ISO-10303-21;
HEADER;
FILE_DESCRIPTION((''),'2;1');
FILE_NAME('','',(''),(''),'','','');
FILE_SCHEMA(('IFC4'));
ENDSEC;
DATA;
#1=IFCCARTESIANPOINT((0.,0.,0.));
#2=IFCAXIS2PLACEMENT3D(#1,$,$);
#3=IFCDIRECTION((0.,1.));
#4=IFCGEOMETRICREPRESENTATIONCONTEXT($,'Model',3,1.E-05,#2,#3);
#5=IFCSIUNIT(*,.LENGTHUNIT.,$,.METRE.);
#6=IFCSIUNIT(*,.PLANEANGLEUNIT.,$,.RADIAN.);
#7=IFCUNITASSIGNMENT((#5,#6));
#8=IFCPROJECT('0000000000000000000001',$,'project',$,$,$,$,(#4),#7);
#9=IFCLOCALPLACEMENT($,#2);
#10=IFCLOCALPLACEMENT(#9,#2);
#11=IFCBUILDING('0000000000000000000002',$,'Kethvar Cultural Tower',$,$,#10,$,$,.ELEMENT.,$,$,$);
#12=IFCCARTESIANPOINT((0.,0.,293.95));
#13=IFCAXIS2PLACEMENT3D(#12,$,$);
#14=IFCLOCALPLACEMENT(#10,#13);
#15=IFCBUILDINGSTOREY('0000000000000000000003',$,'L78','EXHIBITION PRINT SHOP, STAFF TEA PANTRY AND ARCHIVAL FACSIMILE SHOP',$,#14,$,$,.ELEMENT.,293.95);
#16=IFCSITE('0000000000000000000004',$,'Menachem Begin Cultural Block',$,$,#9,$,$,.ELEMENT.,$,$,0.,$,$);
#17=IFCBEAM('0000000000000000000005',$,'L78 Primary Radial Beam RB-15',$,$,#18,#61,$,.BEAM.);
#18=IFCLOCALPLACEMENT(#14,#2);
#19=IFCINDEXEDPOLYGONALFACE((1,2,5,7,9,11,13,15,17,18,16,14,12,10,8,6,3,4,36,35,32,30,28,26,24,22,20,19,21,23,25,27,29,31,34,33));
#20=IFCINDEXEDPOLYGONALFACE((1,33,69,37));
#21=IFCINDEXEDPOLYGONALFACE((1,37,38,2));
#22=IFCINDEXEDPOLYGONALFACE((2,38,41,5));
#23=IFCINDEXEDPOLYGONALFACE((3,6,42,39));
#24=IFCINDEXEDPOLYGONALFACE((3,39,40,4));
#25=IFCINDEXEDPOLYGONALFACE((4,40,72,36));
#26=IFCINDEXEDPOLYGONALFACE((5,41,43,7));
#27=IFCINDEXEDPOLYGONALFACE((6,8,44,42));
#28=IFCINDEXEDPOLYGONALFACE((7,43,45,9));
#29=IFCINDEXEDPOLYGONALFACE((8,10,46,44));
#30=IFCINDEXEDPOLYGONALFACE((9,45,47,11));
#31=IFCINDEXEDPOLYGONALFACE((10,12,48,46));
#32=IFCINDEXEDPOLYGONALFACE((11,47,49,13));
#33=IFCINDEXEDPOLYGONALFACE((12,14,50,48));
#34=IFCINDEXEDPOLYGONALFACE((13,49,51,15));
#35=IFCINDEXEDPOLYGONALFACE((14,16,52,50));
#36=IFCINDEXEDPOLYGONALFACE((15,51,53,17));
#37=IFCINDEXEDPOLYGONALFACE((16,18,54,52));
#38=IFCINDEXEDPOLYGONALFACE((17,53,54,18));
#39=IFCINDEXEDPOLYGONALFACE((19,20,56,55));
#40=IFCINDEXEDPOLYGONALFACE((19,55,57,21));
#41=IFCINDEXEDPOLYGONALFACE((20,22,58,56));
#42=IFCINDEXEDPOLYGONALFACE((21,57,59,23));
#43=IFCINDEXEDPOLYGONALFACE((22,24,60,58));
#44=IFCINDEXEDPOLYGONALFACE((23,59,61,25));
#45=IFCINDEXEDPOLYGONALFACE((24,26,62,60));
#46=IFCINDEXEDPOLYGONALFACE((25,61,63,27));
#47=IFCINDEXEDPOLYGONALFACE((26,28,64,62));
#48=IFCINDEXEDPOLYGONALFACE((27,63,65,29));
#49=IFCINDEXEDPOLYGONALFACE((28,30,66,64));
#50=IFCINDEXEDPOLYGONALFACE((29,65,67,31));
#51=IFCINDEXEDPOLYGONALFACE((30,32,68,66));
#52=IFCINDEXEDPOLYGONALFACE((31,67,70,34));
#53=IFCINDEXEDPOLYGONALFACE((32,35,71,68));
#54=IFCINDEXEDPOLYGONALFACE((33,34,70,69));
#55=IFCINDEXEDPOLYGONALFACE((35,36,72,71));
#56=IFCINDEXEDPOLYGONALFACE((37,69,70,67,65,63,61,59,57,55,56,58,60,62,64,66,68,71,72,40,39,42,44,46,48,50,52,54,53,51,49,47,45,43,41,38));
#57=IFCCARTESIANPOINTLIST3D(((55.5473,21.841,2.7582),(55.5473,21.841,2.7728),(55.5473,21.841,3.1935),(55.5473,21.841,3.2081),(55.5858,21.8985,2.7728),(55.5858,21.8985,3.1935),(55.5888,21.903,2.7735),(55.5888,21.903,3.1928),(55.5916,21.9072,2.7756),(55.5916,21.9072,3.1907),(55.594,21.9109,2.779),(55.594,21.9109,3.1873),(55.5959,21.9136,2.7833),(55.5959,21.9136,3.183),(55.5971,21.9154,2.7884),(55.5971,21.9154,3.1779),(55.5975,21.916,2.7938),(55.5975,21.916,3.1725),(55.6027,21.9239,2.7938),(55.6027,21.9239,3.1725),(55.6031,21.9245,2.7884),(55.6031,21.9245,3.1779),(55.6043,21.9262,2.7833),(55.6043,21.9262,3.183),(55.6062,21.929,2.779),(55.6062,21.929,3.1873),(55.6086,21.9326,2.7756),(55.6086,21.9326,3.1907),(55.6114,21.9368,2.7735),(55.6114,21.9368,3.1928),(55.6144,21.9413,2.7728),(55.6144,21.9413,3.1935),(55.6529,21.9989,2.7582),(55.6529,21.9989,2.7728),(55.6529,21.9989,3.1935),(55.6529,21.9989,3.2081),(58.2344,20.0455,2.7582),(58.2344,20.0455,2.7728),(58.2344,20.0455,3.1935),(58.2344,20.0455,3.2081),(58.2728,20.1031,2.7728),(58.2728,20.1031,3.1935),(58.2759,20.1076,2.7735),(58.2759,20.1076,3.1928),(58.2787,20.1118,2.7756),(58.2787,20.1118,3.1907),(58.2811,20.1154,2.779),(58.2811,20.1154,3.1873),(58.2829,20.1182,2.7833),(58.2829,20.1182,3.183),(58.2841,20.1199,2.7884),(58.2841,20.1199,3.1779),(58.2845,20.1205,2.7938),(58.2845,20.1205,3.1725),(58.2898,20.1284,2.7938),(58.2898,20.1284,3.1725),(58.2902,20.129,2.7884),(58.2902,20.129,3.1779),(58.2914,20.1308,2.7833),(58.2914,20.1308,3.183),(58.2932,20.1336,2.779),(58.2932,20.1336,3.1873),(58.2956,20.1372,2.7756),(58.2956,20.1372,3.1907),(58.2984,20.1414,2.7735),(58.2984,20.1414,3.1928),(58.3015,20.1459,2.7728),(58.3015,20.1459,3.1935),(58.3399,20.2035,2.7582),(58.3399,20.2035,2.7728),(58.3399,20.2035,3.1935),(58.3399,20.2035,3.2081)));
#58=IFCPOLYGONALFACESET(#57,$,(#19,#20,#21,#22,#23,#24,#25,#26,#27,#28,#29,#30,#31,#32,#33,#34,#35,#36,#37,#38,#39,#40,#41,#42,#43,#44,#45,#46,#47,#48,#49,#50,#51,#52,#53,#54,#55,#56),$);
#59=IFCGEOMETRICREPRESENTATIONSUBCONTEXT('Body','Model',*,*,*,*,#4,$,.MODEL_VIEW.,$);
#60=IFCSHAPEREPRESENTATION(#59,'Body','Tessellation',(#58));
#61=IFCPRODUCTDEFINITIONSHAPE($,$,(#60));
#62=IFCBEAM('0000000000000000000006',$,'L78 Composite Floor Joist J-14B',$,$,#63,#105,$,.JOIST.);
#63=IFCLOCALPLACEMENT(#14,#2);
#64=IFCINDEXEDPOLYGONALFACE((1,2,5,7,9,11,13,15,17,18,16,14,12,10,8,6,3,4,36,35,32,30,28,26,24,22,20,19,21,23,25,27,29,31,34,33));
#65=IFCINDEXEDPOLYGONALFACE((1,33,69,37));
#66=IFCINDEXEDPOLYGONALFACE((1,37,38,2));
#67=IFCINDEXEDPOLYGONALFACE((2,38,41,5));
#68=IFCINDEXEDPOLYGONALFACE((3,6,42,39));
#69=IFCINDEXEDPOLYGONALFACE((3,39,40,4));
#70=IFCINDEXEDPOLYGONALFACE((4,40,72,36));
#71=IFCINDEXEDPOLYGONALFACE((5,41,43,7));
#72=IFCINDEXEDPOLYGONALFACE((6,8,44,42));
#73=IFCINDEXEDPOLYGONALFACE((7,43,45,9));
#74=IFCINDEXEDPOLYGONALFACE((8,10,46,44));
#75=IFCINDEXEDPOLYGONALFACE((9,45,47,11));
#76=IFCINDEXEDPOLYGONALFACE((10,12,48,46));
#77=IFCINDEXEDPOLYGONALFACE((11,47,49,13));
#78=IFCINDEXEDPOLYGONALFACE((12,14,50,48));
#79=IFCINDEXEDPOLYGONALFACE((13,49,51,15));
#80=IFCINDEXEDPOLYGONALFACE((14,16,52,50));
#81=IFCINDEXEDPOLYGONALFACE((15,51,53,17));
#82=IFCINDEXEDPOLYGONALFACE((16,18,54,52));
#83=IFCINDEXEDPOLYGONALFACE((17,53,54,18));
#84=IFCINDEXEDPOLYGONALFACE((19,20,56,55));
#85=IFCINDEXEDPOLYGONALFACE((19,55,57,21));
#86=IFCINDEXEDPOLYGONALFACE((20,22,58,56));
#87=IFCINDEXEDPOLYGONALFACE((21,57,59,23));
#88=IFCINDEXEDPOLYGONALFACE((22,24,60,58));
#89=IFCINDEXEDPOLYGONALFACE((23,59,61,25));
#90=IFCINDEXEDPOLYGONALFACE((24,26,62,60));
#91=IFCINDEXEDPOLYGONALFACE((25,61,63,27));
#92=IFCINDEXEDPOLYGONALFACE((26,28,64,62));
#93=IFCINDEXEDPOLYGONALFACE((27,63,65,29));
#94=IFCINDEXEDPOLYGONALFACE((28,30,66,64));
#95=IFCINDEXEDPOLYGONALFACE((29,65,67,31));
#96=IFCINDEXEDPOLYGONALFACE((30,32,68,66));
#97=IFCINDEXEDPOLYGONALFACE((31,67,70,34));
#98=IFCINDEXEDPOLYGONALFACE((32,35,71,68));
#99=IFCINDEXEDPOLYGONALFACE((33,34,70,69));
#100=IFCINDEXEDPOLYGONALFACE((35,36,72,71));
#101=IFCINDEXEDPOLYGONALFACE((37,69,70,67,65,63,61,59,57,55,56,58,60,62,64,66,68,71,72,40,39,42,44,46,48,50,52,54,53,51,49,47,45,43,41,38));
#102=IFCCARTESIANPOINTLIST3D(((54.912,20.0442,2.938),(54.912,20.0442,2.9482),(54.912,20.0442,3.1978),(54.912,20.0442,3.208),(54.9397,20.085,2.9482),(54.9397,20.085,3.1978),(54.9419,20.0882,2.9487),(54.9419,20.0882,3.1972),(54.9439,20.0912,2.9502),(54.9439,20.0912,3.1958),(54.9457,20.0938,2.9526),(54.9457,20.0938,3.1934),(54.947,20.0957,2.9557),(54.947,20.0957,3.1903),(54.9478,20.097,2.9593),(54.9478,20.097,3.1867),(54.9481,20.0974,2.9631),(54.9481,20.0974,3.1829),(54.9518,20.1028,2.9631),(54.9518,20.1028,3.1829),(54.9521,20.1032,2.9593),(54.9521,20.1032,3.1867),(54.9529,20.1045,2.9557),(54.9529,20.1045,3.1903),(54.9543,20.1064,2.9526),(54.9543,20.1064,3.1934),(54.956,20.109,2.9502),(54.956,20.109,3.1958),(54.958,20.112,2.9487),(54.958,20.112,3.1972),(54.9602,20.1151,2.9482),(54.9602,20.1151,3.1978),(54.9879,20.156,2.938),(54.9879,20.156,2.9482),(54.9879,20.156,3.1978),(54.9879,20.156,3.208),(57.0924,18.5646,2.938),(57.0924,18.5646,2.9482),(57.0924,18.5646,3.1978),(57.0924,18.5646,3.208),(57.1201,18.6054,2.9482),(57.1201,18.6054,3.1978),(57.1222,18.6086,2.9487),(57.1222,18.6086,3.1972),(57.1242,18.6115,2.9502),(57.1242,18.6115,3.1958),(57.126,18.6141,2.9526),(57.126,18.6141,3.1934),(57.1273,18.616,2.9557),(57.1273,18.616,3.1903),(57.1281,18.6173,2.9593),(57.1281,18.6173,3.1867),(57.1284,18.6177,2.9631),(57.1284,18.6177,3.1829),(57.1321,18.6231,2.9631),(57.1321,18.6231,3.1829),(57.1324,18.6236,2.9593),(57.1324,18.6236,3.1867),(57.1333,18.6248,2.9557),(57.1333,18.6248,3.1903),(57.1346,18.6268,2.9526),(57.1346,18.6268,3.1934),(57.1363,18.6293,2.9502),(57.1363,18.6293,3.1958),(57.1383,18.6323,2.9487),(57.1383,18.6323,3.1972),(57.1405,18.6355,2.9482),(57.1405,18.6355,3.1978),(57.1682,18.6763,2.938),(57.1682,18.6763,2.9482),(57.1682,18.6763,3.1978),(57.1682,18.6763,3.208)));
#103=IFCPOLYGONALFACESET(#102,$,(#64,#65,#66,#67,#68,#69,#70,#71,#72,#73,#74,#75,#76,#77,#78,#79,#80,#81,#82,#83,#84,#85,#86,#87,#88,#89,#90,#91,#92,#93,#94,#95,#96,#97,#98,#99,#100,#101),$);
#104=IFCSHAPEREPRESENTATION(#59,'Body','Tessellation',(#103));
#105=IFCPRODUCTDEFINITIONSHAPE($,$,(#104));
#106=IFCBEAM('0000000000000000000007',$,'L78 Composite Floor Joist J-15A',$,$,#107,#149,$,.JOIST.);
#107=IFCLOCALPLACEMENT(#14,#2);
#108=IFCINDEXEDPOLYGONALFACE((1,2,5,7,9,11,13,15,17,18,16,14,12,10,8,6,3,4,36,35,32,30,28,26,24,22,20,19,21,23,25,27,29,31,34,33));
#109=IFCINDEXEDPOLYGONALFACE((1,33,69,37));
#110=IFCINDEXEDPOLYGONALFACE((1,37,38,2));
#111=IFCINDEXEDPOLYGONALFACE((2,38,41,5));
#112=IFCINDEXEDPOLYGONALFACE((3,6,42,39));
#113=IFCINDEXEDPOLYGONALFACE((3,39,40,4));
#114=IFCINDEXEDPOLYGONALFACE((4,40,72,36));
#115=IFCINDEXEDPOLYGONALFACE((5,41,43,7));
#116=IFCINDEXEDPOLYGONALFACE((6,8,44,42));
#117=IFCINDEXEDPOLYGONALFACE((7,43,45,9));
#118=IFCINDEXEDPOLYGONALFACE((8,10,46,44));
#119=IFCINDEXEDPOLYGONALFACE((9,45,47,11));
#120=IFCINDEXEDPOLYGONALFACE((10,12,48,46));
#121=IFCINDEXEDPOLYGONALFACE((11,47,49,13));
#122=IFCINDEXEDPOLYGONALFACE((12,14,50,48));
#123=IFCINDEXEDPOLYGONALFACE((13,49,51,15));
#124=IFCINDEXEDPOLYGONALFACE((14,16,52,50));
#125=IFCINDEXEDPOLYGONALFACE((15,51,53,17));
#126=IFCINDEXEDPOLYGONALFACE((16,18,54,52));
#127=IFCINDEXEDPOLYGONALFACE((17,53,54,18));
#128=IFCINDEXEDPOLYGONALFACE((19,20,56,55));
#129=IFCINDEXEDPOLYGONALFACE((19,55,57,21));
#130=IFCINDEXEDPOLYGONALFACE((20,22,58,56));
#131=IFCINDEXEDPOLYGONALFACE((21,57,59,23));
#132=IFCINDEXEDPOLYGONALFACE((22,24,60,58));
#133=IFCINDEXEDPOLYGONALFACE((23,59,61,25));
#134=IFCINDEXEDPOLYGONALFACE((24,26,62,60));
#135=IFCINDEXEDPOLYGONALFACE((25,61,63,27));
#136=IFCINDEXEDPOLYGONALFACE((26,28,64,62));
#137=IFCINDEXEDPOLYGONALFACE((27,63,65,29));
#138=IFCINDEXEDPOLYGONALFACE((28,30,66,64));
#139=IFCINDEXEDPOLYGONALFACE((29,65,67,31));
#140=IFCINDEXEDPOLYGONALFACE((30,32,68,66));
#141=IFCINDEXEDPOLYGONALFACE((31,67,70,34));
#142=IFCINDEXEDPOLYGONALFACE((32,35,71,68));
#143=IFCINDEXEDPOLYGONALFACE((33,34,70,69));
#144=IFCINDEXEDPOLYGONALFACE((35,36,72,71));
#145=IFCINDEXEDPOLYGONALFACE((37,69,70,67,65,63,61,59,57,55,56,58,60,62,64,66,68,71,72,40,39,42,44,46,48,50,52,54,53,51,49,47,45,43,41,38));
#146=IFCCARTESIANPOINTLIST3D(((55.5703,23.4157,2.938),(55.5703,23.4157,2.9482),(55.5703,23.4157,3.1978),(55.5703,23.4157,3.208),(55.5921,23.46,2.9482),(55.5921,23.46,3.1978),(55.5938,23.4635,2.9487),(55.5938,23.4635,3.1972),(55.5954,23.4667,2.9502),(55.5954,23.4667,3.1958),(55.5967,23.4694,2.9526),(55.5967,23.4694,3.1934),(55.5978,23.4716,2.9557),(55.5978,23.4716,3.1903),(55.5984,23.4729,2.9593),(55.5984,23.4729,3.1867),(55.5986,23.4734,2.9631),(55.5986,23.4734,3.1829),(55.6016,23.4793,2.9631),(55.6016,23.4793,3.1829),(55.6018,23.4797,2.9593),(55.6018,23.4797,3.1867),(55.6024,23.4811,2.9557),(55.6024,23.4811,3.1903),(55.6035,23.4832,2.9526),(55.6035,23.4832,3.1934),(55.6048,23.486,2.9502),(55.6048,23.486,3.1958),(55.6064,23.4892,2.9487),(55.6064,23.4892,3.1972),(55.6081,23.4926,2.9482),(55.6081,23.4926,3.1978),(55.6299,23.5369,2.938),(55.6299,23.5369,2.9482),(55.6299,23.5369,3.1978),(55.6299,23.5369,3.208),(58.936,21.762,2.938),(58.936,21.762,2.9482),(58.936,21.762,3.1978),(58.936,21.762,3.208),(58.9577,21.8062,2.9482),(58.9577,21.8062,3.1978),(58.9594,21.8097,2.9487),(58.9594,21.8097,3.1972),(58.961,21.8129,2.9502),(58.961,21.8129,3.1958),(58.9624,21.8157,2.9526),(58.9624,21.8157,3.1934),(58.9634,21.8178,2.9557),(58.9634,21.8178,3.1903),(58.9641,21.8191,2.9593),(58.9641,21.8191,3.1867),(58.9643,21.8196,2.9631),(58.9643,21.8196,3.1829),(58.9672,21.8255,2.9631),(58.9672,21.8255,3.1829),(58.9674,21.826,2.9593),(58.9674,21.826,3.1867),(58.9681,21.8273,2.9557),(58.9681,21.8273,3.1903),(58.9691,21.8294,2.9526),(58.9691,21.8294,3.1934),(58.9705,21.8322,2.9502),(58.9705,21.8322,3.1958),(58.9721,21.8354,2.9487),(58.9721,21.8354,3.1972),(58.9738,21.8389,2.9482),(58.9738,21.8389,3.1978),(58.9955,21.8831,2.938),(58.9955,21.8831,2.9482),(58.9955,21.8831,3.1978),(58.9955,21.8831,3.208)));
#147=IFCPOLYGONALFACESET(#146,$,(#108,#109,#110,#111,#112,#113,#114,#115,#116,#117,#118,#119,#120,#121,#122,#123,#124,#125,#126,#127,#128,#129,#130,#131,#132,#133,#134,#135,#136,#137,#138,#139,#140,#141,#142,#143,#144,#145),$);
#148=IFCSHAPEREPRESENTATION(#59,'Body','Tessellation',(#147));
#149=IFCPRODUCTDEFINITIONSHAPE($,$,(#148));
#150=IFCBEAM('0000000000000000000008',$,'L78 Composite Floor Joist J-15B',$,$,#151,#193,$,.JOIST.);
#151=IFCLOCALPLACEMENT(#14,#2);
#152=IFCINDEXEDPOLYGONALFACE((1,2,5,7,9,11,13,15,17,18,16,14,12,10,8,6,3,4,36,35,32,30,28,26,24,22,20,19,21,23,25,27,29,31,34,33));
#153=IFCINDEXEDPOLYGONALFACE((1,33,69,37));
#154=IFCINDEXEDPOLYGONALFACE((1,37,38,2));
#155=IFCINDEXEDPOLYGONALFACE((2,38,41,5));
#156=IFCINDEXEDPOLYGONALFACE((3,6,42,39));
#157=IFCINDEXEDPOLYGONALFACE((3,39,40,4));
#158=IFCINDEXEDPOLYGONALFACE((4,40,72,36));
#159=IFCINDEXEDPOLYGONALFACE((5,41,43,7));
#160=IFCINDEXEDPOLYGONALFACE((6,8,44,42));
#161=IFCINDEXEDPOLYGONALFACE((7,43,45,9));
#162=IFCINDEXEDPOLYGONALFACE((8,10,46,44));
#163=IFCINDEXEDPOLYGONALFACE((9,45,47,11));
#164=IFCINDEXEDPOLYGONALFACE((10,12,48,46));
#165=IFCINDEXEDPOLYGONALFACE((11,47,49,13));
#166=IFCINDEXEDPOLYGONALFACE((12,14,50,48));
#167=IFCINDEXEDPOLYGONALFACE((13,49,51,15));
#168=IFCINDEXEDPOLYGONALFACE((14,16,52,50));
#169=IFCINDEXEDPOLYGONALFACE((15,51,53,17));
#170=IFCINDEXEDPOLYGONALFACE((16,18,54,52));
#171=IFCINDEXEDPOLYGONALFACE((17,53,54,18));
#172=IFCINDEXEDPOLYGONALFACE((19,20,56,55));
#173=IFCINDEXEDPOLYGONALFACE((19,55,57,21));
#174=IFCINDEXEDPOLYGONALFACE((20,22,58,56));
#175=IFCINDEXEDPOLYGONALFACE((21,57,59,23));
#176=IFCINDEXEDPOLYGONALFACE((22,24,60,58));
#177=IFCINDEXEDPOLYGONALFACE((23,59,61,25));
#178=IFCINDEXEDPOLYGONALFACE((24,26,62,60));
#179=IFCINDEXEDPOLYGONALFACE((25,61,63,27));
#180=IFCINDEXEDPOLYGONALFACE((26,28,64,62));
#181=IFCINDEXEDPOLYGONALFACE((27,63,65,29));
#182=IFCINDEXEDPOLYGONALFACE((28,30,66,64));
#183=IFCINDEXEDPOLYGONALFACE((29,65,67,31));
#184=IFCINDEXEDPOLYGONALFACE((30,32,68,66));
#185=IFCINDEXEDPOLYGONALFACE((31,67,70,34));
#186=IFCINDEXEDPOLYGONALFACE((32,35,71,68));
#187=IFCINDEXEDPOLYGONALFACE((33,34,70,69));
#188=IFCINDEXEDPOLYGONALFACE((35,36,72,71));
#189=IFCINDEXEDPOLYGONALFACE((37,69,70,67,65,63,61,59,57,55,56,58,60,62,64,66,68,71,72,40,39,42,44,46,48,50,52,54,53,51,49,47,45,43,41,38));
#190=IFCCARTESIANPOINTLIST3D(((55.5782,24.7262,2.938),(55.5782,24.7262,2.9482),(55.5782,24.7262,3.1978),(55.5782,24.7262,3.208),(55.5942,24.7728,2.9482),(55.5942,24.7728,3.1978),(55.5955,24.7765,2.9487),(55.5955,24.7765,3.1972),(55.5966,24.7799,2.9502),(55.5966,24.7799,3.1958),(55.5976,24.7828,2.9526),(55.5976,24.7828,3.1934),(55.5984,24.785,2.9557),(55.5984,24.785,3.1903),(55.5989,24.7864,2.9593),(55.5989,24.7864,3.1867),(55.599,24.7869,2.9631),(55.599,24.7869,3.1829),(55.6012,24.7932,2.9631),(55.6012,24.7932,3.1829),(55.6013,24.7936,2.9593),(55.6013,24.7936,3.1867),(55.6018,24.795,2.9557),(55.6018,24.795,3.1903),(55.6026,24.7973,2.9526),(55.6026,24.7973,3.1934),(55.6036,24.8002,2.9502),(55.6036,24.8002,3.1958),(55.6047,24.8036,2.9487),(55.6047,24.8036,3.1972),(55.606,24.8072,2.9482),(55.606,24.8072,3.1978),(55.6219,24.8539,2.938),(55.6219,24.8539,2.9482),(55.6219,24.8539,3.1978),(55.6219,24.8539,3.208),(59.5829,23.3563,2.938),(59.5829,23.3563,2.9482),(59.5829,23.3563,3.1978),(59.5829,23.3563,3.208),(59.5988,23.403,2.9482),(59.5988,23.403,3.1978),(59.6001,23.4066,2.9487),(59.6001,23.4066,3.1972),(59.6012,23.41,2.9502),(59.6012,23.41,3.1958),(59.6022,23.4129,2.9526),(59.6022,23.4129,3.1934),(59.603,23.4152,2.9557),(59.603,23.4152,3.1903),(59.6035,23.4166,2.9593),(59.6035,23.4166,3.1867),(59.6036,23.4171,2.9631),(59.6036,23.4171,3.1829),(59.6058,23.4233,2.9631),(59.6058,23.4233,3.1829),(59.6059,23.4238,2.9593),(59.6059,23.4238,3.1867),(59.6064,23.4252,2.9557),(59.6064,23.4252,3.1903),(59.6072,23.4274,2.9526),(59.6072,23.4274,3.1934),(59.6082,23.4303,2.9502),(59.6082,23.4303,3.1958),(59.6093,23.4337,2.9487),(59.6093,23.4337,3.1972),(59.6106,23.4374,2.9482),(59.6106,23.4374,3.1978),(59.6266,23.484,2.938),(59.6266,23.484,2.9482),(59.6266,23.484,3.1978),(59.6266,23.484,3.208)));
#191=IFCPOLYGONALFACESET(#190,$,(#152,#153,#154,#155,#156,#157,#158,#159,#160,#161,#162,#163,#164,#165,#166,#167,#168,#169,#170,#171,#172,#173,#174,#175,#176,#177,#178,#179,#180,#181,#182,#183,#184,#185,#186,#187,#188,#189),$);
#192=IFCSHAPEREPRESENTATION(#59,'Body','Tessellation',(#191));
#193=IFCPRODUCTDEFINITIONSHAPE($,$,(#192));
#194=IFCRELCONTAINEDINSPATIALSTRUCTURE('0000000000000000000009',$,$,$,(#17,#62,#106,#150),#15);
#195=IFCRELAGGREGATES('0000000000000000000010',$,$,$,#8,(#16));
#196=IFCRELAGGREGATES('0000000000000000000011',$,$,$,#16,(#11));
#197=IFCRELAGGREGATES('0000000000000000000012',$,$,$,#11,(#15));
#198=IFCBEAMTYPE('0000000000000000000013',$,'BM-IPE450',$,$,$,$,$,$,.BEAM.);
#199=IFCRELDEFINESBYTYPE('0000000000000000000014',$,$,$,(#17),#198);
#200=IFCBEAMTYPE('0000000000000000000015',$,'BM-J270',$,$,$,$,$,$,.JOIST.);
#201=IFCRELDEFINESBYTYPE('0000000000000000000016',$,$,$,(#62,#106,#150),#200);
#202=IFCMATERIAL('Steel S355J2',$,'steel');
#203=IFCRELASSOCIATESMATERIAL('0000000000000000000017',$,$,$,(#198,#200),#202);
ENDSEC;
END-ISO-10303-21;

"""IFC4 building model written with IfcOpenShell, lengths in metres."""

from ifc_helpers import new_model, si_unit, direction, frame, origin, origin_2d, place, context, subcontext, project, spatial, i_section, extrude, source, transform, mapped, material, material_profile, profile_set, type_object, element, save


model = new_model("IFC4")

# Units and contexts
model_context = context("Model", 3, precision=1e-05, world=origin(), true_north=direction((0.0, 1.0)))
body_context = subcontext(model_context, "Body", "Model", "MODEL_VIEW")
ifc_project = project(units=[si_unit("LENGTHUNIT", "METRE"), si_unit("PLANEANGLEUNIT", "RADIAN")], contexts=[model_context])

# Site, building, storey
site_placement = place(None, origin())
site = spatial("IfcSite", under=ifc_project, at=site_placement, Name="Menachem Begin Cultural Block", CompositionType="ELEMENT", RefElevation=0.0)
building_placement = place(site_placement, origin())
building = spatial("IfcBuilding", under=site, at=building_placement, Name="Kethvar Cultural Tower", CompositionType="ELEMENT")
storey_placement = place(building_placement, frame((0.0, 0.0, 293.95)))
storey = spatial("IfcBuildingStorey", under=building, at=storey_placement, Name="L78", Description="EXHIBITION PRINT SHOP, STAFF TEA PANTRY AND ARCHIVAL FACSIMILE SHOP", CompositionType="ELEMENT", Elevation=293.95)

# Beams
ifc_material_1 = material(Name="Steel S355J2", Category="steel")
ifc_material_profile_1 = material_profile(ifc_material_1, i_section(OverallWidth=0.1899, OverallDepth=0.45, WebThickness=0.0095, FlangeThickness=0.0146, FilletRadius=0.021, at=origin_2d()), Name="Steel S355J2 — IPE450")
ifc_profile_set_1 = profile_set([ifc_material_profile_1], Name="Steel S355J2 — IPE450")
beam_type_1 = type_object("IfcBeamType", Name="BM-IPE450", PredefinedType="BEAM", material=ifc_profile_set_1)
shared_shape_1 = source(origin(), body_context, "Body", "SweptSolid", [
    extrude(i_section(OverallWidth=0.1899, OverallDepth=0.45, WebThickness=0.0095, FlangeThickness=0.0146, FilletRadius=0.021, at=origin_2d()), origin(), (0.0, 0.0, 1.0), 3.2317),
])
beam_1_placement = place(storey_placement, frame((55.6001, 21.9199, 2.9832), z_axis=(0.831469, -0.555572, 0.0), x_axis=(0.555572, 0.831469, 0.0)))
element("IfcBeam", 1, at=beam_1_placement, inside=storey, type_object=beam_type_1, Name="L78 Primary Radial Beam RB-15", PredefinedType="BEAM", context=body_context, shape_type="MappedRepresentation", body=[
    mapped(shared_shape_1, transform((0.0, 0.0, 0.0), scale=1.0)),
])
ifc_material_profile_2 = material_profile(ifc_material_1, i_section(OverallWidth=0.135, OverallDepth=0.27, WebThickness=0.0066, FlangeThickness=0.0103, FilletRadius=0.0149, at=origin_2d()), Name="Steel S355J2 — IPE270")
ifc_profile_set_2 = profile_set([ifc_material_profile_2], Name="Steel S355J2 — IPE270")
beam_type_2 = type_object("IfcBeamType", Name="BM-J270", PredefinedType="JOIST", material=ifc_profile_set_2)
shared_shape_2 = source(origin(), body_context, "Body", "SweptSolid", [
    extrude(i_section(OverallWidth=0.135, OverallDepth=0.27, WebThickness=0.0066, FlangeThickness=0.0103, FilletRadius=0.0149, at=origin_2d()), origin(), (0.0, 0.0, 1.0), 2.635),
])
beam_2_placement = place(storey_placement, frame((54.95, 20.1001, 3.073), z_axis=(0.827447, -0.561544, 0.0), x_axis=(0.561544, 0.827447, 0.0)))
element("IfcBeam", 2, at=beam_2_placement, inside=storey, type_object=beam_type_2, Name="L78 Composite Floor Joist J-14B", PredefinedType="JOIST", context=body_context, shape_type="MappedRepresentation", body=[
    mapped(shared_shape_2, transform((0.0, 0.0, 0.0), scale=1.0)),
])
shared_shape_3 = source(origin(), body_context, "Body", "SweptSolid", [
    extrude(i_section(OverallWidth=0.135, OverallDepth=0.27, WebThickness=0.0066, FlangeThickness=0.0103, FilletRadius=0.0149, at=origin_2d()), origin(), (0.0, 0.0, 1.0), 3.75),
])
beam_3_placement = place(storey_placement, frame((55.6001, 23.4763, 3.073), z_axis=(0.897505, -0.441005, 0.0), x_axis=(0.441005, 0.897505, 0.0)))
element("IfcBeam", 3, at=beam_3_placement, inside=storey, type_object=beam_type_2, Name="L78 Composite Floor Joist J-15A", PredefinedType="JOIST", context=body_context, shape_type="MappedRepresentation", body=[
    mapped(shared_shape_3, transform((0.0, 0.0, 0.0), scale=1.0)),
])
shared_shape_4 = source(origin(), body_context, "Body", "SweptSolid", [
    extrude(i_section(OverallWidth=0.135, OverallDepth=0.27, WebThickness=0.0066, FlangeThickness=0.0103, FilletRadius=0.0149, at=origin_2d()), origin(), (0.0, 0.0, 1.0), 4.2324),
])
beam_4_placement = place(storey_placement, frame((55.6001, 24.79, 3.073), z_axis=(0.946174, -0.323659, 0.0), x_axis=(0.323659, 0.946174, 0.0)))
element("IfcBeam", 4, at=beam_4_placement, inside=storey, type_object=beam_type_2, Name="L78 Composite Floor Joist J-15B", PredefinedType="JOIST", context=body_context, shape_type="MappedRepresentation", body=[
    mapped(shared_shape_4, transform((0.0, 0.0, 0.0), scale=1.0)),
])

save(model, "model.ifc")
